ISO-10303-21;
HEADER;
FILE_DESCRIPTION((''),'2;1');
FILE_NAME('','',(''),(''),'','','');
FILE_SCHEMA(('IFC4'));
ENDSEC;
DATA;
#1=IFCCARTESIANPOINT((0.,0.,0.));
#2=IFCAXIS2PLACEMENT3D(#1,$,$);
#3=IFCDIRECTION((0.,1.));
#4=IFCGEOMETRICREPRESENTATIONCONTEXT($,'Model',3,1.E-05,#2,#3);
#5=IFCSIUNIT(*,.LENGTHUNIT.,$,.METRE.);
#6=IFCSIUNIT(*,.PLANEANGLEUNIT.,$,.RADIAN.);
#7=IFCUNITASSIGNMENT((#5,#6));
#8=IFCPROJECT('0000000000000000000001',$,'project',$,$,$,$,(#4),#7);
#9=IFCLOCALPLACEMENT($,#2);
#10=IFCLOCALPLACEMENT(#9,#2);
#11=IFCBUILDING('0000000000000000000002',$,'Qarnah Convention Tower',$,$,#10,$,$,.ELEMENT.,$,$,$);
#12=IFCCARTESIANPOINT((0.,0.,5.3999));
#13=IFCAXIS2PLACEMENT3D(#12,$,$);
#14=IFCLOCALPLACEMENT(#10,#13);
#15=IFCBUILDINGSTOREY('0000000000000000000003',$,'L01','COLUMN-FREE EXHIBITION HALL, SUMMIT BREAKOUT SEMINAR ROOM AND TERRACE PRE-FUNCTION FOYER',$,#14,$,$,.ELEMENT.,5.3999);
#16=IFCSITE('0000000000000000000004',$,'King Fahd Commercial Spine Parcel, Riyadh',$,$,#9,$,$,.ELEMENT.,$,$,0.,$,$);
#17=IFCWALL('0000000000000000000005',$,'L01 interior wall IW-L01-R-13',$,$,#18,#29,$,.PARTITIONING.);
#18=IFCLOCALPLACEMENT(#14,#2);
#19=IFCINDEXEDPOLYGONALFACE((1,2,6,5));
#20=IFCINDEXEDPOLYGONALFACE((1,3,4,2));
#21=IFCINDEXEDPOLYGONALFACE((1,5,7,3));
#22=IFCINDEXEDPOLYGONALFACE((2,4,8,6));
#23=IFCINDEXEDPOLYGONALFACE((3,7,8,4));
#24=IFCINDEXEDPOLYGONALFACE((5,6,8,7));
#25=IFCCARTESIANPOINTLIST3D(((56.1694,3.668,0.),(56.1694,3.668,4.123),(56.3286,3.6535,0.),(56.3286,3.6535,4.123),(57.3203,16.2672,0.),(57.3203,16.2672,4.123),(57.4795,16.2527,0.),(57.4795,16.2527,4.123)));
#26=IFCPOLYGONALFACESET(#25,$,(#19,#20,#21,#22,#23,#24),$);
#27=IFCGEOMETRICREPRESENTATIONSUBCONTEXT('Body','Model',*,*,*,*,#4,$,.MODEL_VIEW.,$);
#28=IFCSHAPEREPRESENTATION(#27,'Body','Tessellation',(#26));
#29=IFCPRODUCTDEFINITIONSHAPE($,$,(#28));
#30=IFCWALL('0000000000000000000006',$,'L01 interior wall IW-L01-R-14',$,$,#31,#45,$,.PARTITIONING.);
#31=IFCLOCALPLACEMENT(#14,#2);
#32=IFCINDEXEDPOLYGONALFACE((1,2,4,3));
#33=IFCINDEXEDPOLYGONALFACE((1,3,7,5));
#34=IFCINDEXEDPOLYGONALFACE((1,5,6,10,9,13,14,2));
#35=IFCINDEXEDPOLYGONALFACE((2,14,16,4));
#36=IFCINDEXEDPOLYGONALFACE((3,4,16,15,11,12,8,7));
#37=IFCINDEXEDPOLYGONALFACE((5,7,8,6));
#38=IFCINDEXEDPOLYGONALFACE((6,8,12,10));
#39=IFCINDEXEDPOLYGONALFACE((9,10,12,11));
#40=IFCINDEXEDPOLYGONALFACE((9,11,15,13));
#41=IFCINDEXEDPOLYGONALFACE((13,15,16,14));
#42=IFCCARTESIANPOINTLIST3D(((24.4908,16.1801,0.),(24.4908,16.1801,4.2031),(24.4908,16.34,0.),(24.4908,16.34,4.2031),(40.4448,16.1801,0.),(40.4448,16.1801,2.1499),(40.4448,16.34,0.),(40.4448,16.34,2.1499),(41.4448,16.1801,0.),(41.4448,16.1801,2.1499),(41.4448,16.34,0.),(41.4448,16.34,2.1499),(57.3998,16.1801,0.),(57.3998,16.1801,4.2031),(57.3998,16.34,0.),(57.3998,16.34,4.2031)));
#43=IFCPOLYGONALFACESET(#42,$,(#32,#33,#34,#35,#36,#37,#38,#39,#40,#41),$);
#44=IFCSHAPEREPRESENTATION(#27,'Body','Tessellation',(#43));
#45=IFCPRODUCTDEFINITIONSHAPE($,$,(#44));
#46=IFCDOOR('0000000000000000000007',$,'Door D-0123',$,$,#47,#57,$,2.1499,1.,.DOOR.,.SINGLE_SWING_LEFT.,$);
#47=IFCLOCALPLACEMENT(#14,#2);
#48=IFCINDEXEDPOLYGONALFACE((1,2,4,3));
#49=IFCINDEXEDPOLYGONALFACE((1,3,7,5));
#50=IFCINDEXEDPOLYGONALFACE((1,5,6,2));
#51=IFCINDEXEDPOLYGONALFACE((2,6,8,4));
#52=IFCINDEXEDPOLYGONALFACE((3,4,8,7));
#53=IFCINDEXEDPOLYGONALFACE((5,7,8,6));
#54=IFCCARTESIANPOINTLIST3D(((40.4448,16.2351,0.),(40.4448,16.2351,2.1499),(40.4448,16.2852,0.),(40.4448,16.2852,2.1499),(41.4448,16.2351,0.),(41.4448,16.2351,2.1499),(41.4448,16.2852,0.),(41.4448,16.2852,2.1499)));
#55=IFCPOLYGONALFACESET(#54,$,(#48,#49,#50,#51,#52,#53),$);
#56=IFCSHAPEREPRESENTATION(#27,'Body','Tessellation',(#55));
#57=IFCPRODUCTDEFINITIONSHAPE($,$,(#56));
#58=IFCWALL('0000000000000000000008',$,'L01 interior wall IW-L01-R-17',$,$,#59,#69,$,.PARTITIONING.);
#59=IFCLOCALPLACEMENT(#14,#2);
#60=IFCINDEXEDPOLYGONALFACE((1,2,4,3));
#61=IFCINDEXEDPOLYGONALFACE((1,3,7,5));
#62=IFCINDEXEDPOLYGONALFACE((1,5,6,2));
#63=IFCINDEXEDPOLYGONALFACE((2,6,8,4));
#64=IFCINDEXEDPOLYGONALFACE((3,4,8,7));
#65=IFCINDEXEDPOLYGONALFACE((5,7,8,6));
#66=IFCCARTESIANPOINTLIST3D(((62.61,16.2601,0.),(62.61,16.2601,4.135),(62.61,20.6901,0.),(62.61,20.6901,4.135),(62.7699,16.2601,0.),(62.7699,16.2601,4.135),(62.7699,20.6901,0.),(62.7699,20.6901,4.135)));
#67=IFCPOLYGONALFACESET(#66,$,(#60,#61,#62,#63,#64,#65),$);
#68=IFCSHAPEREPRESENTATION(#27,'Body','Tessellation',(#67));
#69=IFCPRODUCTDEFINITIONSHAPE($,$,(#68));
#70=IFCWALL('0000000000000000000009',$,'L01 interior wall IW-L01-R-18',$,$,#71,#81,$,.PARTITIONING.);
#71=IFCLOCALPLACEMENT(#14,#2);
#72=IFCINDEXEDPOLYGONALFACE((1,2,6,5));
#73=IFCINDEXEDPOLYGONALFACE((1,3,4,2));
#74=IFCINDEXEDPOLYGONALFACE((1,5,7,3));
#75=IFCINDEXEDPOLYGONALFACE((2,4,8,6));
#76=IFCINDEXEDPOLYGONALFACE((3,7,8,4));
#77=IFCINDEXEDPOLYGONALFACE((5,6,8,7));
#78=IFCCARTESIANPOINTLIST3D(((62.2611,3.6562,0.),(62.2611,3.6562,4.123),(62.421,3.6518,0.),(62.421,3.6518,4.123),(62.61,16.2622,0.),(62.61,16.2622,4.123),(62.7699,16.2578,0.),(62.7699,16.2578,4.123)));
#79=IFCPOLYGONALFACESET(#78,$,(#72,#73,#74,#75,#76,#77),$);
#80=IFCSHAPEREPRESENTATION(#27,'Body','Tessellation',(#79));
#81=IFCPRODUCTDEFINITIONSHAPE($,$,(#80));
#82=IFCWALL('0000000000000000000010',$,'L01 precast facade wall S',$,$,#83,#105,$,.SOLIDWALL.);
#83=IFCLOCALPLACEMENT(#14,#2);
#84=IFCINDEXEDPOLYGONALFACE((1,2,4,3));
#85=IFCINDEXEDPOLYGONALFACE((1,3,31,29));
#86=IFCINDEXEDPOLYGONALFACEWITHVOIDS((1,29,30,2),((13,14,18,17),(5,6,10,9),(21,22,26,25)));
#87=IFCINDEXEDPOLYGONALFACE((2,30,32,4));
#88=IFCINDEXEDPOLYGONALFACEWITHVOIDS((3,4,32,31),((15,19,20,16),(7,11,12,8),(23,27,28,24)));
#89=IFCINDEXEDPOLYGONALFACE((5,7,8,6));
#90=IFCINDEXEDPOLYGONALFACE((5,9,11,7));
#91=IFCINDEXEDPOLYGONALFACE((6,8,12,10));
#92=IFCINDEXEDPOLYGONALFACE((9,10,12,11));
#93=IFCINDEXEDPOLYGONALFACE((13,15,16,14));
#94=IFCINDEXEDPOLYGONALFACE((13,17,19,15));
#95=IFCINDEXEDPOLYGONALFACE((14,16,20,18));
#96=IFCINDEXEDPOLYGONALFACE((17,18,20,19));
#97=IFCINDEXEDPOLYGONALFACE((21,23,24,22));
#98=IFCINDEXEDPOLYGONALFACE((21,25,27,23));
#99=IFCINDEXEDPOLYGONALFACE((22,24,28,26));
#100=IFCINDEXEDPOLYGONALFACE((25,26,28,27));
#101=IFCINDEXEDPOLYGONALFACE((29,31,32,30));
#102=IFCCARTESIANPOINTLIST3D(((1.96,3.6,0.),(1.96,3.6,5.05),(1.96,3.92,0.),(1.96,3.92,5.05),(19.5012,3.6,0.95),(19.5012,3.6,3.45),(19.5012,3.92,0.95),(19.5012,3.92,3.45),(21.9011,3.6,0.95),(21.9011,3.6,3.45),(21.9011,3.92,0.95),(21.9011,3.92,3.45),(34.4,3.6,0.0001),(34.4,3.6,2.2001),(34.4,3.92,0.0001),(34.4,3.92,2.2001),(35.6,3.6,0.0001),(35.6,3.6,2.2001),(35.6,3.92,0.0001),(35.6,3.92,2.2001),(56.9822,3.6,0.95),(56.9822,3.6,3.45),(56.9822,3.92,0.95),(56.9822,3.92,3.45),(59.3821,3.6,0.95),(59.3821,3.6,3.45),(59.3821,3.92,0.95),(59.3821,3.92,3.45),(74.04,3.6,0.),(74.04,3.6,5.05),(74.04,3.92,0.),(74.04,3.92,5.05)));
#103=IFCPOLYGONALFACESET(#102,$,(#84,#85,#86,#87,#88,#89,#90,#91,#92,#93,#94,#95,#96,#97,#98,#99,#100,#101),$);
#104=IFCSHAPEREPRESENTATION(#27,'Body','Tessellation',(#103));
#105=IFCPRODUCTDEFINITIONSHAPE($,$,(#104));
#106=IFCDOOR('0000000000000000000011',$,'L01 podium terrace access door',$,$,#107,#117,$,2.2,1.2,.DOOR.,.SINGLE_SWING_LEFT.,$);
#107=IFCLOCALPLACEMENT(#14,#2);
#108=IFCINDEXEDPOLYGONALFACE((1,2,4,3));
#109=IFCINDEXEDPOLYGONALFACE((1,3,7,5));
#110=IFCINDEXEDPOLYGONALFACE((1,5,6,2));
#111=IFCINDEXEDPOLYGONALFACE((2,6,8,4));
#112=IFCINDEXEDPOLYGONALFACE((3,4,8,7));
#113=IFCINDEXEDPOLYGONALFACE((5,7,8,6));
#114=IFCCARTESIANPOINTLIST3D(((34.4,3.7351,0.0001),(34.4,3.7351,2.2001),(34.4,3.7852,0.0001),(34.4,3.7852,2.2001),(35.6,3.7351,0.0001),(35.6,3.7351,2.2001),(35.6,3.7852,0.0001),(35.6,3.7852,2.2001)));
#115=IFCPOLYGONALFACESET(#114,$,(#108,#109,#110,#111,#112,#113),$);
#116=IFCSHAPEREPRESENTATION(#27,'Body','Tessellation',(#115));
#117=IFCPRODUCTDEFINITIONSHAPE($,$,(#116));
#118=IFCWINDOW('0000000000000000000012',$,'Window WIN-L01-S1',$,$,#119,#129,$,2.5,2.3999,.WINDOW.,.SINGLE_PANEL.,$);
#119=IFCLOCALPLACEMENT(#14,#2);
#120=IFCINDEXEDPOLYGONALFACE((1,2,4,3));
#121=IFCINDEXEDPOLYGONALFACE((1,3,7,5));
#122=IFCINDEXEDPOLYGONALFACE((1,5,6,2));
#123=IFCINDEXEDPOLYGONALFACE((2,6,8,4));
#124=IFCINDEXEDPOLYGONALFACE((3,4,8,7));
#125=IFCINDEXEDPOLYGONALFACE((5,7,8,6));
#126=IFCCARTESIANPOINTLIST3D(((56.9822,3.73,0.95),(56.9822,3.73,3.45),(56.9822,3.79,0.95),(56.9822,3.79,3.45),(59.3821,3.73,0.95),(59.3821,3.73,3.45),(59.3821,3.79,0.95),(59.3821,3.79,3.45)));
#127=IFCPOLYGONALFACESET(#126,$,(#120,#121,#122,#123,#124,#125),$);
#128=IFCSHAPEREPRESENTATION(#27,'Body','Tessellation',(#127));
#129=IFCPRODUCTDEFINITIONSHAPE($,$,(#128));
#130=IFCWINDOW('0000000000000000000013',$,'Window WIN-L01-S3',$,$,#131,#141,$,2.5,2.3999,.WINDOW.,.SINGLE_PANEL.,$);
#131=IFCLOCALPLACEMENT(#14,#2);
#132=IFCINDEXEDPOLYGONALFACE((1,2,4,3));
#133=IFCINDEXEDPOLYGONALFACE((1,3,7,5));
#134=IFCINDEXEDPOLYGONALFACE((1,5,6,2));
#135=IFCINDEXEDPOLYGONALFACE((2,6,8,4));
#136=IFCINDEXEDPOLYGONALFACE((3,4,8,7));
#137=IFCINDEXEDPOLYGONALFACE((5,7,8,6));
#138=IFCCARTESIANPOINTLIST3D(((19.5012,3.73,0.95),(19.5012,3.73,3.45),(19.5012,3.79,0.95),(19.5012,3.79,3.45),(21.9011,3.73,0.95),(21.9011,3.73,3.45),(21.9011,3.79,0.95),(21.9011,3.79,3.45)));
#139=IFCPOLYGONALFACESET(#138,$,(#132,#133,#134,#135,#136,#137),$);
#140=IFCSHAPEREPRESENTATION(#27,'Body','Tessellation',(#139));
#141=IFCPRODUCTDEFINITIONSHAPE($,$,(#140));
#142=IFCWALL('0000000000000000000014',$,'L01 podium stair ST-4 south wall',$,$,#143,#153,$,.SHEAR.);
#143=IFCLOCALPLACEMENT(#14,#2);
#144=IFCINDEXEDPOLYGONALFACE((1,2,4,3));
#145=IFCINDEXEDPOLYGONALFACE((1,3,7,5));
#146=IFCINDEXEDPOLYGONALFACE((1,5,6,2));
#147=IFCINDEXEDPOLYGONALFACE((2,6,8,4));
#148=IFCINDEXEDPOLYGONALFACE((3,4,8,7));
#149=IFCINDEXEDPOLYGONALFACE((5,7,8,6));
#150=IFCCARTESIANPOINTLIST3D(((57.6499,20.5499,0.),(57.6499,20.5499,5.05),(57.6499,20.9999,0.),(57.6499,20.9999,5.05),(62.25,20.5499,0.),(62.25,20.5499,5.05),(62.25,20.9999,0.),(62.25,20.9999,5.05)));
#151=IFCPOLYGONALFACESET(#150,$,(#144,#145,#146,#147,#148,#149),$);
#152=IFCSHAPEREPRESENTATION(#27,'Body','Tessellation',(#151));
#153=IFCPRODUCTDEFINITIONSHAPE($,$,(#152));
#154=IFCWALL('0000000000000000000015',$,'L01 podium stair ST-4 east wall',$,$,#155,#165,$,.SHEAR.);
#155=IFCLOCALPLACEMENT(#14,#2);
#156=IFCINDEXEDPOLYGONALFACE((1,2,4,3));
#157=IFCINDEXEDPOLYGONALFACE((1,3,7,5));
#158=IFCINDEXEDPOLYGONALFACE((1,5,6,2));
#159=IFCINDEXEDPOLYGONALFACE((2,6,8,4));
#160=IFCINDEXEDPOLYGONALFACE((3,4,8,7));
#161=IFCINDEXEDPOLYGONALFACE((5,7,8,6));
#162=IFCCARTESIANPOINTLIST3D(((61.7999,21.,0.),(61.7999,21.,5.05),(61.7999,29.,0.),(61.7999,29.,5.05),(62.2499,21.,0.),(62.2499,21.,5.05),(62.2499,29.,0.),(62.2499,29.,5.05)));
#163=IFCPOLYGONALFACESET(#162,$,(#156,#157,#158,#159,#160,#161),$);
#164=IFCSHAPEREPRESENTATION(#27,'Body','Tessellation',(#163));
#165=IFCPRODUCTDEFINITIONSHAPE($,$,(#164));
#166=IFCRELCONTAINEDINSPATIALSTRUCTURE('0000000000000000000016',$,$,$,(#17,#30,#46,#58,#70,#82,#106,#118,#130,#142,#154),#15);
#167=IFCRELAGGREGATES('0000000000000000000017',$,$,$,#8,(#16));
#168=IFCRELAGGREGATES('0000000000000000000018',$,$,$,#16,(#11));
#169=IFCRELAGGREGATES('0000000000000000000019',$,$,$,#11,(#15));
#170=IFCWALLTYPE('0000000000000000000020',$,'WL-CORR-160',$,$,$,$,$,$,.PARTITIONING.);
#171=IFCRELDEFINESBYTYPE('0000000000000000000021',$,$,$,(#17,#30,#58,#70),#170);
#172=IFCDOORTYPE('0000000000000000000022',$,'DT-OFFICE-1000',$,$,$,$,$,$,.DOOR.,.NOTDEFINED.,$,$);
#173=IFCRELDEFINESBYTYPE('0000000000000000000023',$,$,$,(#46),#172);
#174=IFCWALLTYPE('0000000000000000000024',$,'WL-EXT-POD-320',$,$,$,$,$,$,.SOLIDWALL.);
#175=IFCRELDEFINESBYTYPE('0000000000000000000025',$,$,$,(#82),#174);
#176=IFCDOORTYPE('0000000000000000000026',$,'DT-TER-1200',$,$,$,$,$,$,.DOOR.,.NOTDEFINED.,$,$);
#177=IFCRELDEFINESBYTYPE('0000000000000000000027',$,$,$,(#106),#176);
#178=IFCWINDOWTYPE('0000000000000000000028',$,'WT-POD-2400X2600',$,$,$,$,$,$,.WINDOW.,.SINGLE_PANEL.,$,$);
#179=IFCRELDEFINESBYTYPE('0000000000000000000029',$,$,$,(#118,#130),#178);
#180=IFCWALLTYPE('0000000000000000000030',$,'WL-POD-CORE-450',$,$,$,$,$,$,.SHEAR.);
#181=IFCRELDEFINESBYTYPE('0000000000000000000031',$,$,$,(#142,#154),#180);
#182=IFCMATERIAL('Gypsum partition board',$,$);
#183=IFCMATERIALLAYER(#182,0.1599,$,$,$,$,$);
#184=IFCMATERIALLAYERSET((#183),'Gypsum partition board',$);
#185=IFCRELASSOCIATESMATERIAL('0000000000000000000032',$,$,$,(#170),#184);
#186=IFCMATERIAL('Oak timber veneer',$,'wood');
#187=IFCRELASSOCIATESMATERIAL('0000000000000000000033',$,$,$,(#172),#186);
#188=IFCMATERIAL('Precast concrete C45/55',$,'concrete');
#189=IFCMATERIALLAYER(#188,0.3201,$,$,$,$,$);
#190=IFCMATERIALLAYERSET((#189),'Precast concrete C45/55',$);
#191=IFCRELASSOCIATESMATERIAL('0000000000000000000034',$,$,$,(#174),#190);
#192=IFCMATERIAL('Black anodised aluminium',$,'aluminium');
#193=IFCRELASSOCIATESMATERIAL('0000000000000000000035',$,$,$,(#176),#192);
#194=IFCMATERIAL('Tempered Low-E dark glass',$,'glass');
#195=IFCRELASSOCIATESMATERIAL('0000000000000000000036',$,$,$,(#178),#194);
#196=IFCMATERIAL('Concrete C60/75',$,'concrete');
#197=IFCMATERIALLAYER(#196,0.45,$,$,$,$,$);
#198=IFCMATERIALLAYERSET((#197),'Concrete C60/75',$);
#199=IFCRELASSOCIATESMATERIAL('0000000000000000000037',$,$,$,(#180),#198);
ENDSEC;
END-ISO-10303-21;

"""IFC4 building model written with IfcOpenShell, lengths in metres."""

from ifc_helpers import new_model, si_unit, direction, frame, frame_2d, origin, place, context, subcontext, project, spatial, rectangle, extrude, material, layer, layer_set, type_object, element, fill, save


model = new_model("IFC4")

# Units and contexts
model_context = context("Model", 3, precision=1e-05, world=origin(), true_north=direction((0.0, 1.0)))
body_context = subcontext(model_context, "Body", "Model", "MODEL_VIEW")
ifc_project = project(units=[si_unit("LENGTHUNIT", "METRE"), si_unit("PLANEANGLEUNIT", "RADIAN")], contexts=[model_context])

# Site, building, storey
site_placement = place(None, origin())
site = spatial("IfcSite", under=ifc_project, at=site_placement, Name="King Fahd Commercial Spine Parcel, Riyadh", CompositionType="ELEMENT", RefElevation=0.0)
building_placement = place(site_placement, origin())
building = spatial("IfcBuilding", under=site, at=building_placement, Name="Qarnah Convention Tower", CompositionType="ELEMENT")
storey_placement = place(building_placement, frame((0.0, 0.0, 5.3999)))
storey = spatial("IfcBuildingStorey", under=building, at=storey_placement, Name="L01", Description="COLUMN-FREE EXHIBITION HALL, SUMMIT BREAKOUT SEMINAR ROOM AND TERRACE PRE-FUNCTION FOYER", CompositionType="ELEMENT", Elevation=5.3999)

# Shared definitions
ifc_material_1 = material(Name="Concrete C60/75", Category="concrete")

# Wall
ifc_material_2 = material(Name="Gypsum partition board")
ifc_layer_1 = layer(ifc_material_2, 0.1599)
ifc_layer_set_1 = layer_set([ifc_layer_1], Name="Gypsum partition board")
wall_type_1 = type_object("IfcWallType", Name="WL-CORR-160", PredefinedType="PARTITIONING", material=ifc_layer_set_1)
wall_1_placement = place(storey_placement, frame((56.249, 3.6609, 0.0), z_axis=(0.0, 0.0, 1.0), x_axis=(0.090967, 0.995854, 0.0)))
element("IfcWall", 1, at=wall_1_placement, inside=storey, type_object=wall_type_1, Name="L01 interior wall IW-L01-R-13", PredefinedType="PARTITIONING", context=body_context, shape_type="SweptSolid", body=[
    extrude(rectangle(XDim=12.6516, YDim=0.1599, at=frame_2d((6.3257, 0.0))), origin(), (0.0, 0.0, 1.0), 4.123),
])

# Wall, opening, door
wall_2_placement = place(storey_placement, frame((57.3999, 16.26, 0.0), z_axis=(0.0, 0.0, 1.0), x_axis=(-1.0, 0.0, 0.0)))
wall_2 = element("IfcWall", 2, at=wall_2_placement, inside=storey, type_object=wall_type_1, Name="L01 interior wall IW-L01-R-14", PredefinedType="PARTITIONING", context=body_context, shape_type="SweptSolid", body=[
    extrude(rectangle(XDim=32.9089, YDim=0.1599, at=frame_2d((16.4546, 0.0))), origin(), (0.0, 0.0, 1.0), 4.2031),
])
opening_1_placement = place(wall_2_placement, frame((15.9551, 0.0, 0.0)))
opening_1 = element("IfcOpeningElement", 3, at=opening_1_placement, cuts=wall_2, PredefinedType="OPENING", context=body_context, shape_type="SweptSolid", body=[
    extrude(rectangle(XDim=1.0, YDim=2.1499, at=frame_2d((0.5, 1.075))), frame((0.0, 0.0898, 0.0), z_axis=(0.0, -1.0, 0.0), x_axis=(1.0, 0.0, 0.0)), (0.0, 0.0, 1.0), 0.1799),
])
ifc_material_3 = material(Name="Oak timber veneer", Category="wood")
door_type_1 = type_object("IfcDoorType", Name="DT-OFFICE-1000", OperationType="NOTDEFINED", PredefinedType="DOOR", material=ifc_material_3)
door_1_placement = place(opening_1_placement, origin())
door_1 = element("IfcDoor", 4, at=door_1_placement, inside=storey, type_object=door_type_1, Name="Door D-0123", OperationType="SINGLE_SWING_LEFT", OverallHeight=2.1499, OverallWidth=1.0, PredefinedType="DOOR", context=body_context, shape_type="SweptSolid", body=[
    extrude(rectangle(XDim=1.0, YDim=2.1499, at=frame_2d((0.5, 1.075))), frame((0.0, 0.0249, 0.0), z_axis=(0.0, -1.0, 0.0), x_axis=(1.0, 0.0, 0.0)), (0.0, 0.0, 1.0), 0.05),
])
fill(opening_1, door_1)

# Walls
wall_3_placement = place(storey_placement, frame((62.6899, 20.6899, 0.0), z_axis=(0.0, 0.0, 1.0), x_axis=(0.0, -1.0, 0.0)))
element("IfcWall", 5, at=wall_3_placement, inside=storey, type_object=wall_type_1, Name="L01 interior wall IW-L01-R-17", PredefinedType="PARTITIONING", context=body_context, shape_type="SweptSolid", body=[
    extrude(rectangle(XDim=4.4299, YDim=0.1599, at=frame_2d((2.2148, 0.0))), origin(), (0.0, 0.0, 1.0), 4.135),
])
wall_4_placement = place(storey_placement, frame((62.6899, 16.26, 0.0), z_axis=(0.0, 0.0, 1.0), x_axis=(-0.027665, -0.999617, 0.0)))
element("IfcWall", 6, at=wall_4_placement, inside=storey, type_object=wall_type_1, Name="L01 interior wall IW-L01-R-18", PredefinedType="PARTITIONING", context=body_context, shape_type="SweptSolid", body=[
    extrude(rectangle(XDim=12.6108, YDim=0.1599, at=frame_2d((6.3054, 0.0))), origin(), (0.0, 0.0, 1.0), 4.123),
])

# Wall, openings, door, windows
ifc_material_4 = material(Name="Precast concrete C45/55", Category="concrete")
ifc_layer_2 = layer(ifc_material_4, 0.3201)
ifc_layer_set_2 = layer_set([ifc_layer_2], Name="Precast concrete C45/55")
wall_type_2 = type_object("IfcWallType", Name="WL-EXT-POD-320", PredefinedType="SOLIDWALL", material=ifc_layer_set_2)
wall_5_placement = place(storey_placement, frame((74.04, 3.76, 0.0), z_axis=(0.0, 0.0, 1.0), x_axis=(-1.0, 0.0, 0.0)))
wall_5 = element("IfcWall", 7, at=wall_5_placement, inside=storey, type_object=wall_type_2, Name="L01 precast facade wall S", PredefinedType="SOLIDWALL", context=body_context, shape_type="SweptSolid", body=[
    extrude(rectangle(XDim=72.0801, YDim=0.3201, at=frame_2d((36.04, 0.0))), origin(), (0.0, 0.0, 1.0), 5.05),
])
opening_2_placement = place(wall_5_placement, frame((14.658, 0.0, 0.95)))
opening_2 = element("IfcOpeningElement", 8, at=opening_2_placement, cuts=wall_5, PredefinedType="OPENING", context=body_context, shape_type="SweptSolid", body=[
    extrude(rectangle(XDim=2.3999, YDim=2.5, at=frame_2d((1.2, 1.25))), frame((0.0, 0.1699, 0.0), z_axis=(0.0, -1.0, 0.0), x_axis=(1.0, 0.0, 0.0)), (0.0, 0.0, 1.0), 0.3401),
])
opening_3_placement = place(wall_5_placement, frame((52.1389, 0.0, 0.95)))
opening_3 = element("IfcOpeningElement", 9, at=opening_3_placement, cuts=wall_5, PredefinedType="OPENING", context=body_context, shape_type="SweptSolid", body=[
    extrude(rectangle(XDim=2.3999, YDim=2.5, at=frame_2d((1.2, 1.25))), frame((0.0, 0.1699, 0.0), z_axis=(0.0, -1.0, 0.0), x_axis=(1.0, 0.0, 0.0)), (0.0, 0.0, 1.0), 0.3401),
])
opening_4_placement = place(wall_5_placement, frame((38.4399, 0.0, 0.0)))
opening_4 = element("IfcOpeningElement", 10, at=opening_4_placement, cuts=wall_5, PredefinedType="OPENING", context=body_context, shape_type="SweptSolid", body=[
    extrude(rectangle(XDim=1.2, YDim=2.2, at=frame_2d((0.6001, 1.1001))), frame((0.0, 0.1699, 0.0), z_axis=(0.0, -1.0, 0.0), x_axis=(1.0, 0.0, 0.0)), (0.0, 0.0, 1.0), 0.3401),
])
ifc_material_5 = material(Name="Black anodised aluminium", Category="aluminium")
door_type_2 = type_object("IfcDoorType", Name="DT-TER-1200", OperationType="NOTDEFINED", PredefinedType="DOOR", material=ifc_material_5)
door_2_placement = place(opening_4_placement, origin())
door_2 = element("IfcDoor", 11, at=door_2_placement, inside=storey, type_object=door_type_2, Name="L01 podium terrace access door", OperationType="SINGLE_SWING_LEFT", OverallHeight=2.2, OverallWidth=1.2, PredefinedType="DOOR", context=body_context, shape_type="SweptSolid", body=[
    extrude(rectangle(XDim=1.2, YDim=2.2, at=frame_2d((0.6001, 1.1001))), frame((0.0, 0.0249, 0.0), z_axis=(0.0, -1.0, 0.0), x_axis=(1.0, 0.0, 0.0)), (0.0, 0.0, 1.0), 0.05),
])
fill(opening_4, door_2)
ifc_material_6 = material(Name="Tempered Low-E dark glass", Category="glass")
window_type = type_object("IfcWindowType", Name="WT-POD-2400X2600", PartitioningType="SINGLE_PANEL", PredefinedType="WINDOW", material=ifc_material_6)
window_1_placement = place(opening_2_placement, origin())
window_1 = element("IfcWindow", 12, at=window_1_placement, inside=storey, type_object=window_type, Name="Window WIN-L01-S1", OverallHeight=2.5, OverallWidth=2.3999, PartitioningType="SINGLE_PANEL", PredefinedType="WINDOW", context=body_context, shape_type="SweptSolid", body=[
    extrude(rectangle(XDim=2.3999, YDim=2.5, at=frame_2d((1.2, 1.25))), frame((0.0, 0.03, 0.0), z_axis=(0.0, -1.0, 0.0), x_axis=(1.0, 0.0, 0.0)), (0.0, 0.0, 1.0), 0.0601),
])
fill(opening_2, window_1)
window_2_placement = place(opening_3_placement, origin())
window_2 = element("IfcWindow", 13, at=window_2_placement, inside=storey, type_object=window_type, Name="Window WIN-L01-S3", OverallHeight=2.5, OverallWidth=2.3999, PartitioningType="SINGLE_PANEL", PredefinedType="WINDOW", context=body_context, shape_type="SweptSolid", body=[
    extrude(rectangle(XDim=2.3999, YDim=2.5, at=frame_2d((1.2, 1.25))), frame((0.0, 0.03, 0.0), z_axis=(0.0, -1.0, 0.0), x_axis=(1.0, 0.0, 0.0)), (0.0, 0.0, 1.0), 0.0601),
])
fill(opening_3, window_2)

# Wall
ifc_layer_3 = layer(ifc_material_1, 0.45)
ifc_layer_set_3 = layer_set([ifc_layer_3], Name="Concrete C60/75")
wall_type_3 = type_object("IfcWallType", Name="WL-POD-CORE-450", PredefinedType="SHEAR", material=ifc_layer_set_3)
wall_6_placement = place(storey_placement, frame((57.6499, 20.7749, 0.0), z_axis=(0.0, 0.0, 1.0), x_axis=(1.0, 0.0, 0.0)))
element("IfcWall", 14, at=wall_6_placement, inside=storey, type_object=wall_type_3, Name="L01 podium stair ST-4 south wall", PredefinedType="SHEAR", context=body_context, shape_type="SweptSolid", body=[
    extrude(rectangle(XDim=4.6001, YDim=0.45, at=frame_2d((2.3, 0.0))), origin(), (0.0, 0.0, 1.0), 5.05),
])

# Wall
wall_7_placement = place(storey_placement, frame((62.0249, 21.0, 0.0), z_axis=(0.0, 0.0, 1.0), x_axis=(0.0, 1.0, 0.0)))
element("IfcWall", 15, at=wall_7_placement, inside=storey, type_object=wall_type_3, Name="L01 podium stair ST-4 east wall", PredefinedType="SHEAR", context=body_context, shape_type="SweptSolid", body=[
    extrude(rectangle(XDim=8.0, YDim=0.45, at=frame_2d((4.0, 0.0))), origin(), (0.0, 0.0, 1.0), 5.05),
])

save(model, "model.ifc")
